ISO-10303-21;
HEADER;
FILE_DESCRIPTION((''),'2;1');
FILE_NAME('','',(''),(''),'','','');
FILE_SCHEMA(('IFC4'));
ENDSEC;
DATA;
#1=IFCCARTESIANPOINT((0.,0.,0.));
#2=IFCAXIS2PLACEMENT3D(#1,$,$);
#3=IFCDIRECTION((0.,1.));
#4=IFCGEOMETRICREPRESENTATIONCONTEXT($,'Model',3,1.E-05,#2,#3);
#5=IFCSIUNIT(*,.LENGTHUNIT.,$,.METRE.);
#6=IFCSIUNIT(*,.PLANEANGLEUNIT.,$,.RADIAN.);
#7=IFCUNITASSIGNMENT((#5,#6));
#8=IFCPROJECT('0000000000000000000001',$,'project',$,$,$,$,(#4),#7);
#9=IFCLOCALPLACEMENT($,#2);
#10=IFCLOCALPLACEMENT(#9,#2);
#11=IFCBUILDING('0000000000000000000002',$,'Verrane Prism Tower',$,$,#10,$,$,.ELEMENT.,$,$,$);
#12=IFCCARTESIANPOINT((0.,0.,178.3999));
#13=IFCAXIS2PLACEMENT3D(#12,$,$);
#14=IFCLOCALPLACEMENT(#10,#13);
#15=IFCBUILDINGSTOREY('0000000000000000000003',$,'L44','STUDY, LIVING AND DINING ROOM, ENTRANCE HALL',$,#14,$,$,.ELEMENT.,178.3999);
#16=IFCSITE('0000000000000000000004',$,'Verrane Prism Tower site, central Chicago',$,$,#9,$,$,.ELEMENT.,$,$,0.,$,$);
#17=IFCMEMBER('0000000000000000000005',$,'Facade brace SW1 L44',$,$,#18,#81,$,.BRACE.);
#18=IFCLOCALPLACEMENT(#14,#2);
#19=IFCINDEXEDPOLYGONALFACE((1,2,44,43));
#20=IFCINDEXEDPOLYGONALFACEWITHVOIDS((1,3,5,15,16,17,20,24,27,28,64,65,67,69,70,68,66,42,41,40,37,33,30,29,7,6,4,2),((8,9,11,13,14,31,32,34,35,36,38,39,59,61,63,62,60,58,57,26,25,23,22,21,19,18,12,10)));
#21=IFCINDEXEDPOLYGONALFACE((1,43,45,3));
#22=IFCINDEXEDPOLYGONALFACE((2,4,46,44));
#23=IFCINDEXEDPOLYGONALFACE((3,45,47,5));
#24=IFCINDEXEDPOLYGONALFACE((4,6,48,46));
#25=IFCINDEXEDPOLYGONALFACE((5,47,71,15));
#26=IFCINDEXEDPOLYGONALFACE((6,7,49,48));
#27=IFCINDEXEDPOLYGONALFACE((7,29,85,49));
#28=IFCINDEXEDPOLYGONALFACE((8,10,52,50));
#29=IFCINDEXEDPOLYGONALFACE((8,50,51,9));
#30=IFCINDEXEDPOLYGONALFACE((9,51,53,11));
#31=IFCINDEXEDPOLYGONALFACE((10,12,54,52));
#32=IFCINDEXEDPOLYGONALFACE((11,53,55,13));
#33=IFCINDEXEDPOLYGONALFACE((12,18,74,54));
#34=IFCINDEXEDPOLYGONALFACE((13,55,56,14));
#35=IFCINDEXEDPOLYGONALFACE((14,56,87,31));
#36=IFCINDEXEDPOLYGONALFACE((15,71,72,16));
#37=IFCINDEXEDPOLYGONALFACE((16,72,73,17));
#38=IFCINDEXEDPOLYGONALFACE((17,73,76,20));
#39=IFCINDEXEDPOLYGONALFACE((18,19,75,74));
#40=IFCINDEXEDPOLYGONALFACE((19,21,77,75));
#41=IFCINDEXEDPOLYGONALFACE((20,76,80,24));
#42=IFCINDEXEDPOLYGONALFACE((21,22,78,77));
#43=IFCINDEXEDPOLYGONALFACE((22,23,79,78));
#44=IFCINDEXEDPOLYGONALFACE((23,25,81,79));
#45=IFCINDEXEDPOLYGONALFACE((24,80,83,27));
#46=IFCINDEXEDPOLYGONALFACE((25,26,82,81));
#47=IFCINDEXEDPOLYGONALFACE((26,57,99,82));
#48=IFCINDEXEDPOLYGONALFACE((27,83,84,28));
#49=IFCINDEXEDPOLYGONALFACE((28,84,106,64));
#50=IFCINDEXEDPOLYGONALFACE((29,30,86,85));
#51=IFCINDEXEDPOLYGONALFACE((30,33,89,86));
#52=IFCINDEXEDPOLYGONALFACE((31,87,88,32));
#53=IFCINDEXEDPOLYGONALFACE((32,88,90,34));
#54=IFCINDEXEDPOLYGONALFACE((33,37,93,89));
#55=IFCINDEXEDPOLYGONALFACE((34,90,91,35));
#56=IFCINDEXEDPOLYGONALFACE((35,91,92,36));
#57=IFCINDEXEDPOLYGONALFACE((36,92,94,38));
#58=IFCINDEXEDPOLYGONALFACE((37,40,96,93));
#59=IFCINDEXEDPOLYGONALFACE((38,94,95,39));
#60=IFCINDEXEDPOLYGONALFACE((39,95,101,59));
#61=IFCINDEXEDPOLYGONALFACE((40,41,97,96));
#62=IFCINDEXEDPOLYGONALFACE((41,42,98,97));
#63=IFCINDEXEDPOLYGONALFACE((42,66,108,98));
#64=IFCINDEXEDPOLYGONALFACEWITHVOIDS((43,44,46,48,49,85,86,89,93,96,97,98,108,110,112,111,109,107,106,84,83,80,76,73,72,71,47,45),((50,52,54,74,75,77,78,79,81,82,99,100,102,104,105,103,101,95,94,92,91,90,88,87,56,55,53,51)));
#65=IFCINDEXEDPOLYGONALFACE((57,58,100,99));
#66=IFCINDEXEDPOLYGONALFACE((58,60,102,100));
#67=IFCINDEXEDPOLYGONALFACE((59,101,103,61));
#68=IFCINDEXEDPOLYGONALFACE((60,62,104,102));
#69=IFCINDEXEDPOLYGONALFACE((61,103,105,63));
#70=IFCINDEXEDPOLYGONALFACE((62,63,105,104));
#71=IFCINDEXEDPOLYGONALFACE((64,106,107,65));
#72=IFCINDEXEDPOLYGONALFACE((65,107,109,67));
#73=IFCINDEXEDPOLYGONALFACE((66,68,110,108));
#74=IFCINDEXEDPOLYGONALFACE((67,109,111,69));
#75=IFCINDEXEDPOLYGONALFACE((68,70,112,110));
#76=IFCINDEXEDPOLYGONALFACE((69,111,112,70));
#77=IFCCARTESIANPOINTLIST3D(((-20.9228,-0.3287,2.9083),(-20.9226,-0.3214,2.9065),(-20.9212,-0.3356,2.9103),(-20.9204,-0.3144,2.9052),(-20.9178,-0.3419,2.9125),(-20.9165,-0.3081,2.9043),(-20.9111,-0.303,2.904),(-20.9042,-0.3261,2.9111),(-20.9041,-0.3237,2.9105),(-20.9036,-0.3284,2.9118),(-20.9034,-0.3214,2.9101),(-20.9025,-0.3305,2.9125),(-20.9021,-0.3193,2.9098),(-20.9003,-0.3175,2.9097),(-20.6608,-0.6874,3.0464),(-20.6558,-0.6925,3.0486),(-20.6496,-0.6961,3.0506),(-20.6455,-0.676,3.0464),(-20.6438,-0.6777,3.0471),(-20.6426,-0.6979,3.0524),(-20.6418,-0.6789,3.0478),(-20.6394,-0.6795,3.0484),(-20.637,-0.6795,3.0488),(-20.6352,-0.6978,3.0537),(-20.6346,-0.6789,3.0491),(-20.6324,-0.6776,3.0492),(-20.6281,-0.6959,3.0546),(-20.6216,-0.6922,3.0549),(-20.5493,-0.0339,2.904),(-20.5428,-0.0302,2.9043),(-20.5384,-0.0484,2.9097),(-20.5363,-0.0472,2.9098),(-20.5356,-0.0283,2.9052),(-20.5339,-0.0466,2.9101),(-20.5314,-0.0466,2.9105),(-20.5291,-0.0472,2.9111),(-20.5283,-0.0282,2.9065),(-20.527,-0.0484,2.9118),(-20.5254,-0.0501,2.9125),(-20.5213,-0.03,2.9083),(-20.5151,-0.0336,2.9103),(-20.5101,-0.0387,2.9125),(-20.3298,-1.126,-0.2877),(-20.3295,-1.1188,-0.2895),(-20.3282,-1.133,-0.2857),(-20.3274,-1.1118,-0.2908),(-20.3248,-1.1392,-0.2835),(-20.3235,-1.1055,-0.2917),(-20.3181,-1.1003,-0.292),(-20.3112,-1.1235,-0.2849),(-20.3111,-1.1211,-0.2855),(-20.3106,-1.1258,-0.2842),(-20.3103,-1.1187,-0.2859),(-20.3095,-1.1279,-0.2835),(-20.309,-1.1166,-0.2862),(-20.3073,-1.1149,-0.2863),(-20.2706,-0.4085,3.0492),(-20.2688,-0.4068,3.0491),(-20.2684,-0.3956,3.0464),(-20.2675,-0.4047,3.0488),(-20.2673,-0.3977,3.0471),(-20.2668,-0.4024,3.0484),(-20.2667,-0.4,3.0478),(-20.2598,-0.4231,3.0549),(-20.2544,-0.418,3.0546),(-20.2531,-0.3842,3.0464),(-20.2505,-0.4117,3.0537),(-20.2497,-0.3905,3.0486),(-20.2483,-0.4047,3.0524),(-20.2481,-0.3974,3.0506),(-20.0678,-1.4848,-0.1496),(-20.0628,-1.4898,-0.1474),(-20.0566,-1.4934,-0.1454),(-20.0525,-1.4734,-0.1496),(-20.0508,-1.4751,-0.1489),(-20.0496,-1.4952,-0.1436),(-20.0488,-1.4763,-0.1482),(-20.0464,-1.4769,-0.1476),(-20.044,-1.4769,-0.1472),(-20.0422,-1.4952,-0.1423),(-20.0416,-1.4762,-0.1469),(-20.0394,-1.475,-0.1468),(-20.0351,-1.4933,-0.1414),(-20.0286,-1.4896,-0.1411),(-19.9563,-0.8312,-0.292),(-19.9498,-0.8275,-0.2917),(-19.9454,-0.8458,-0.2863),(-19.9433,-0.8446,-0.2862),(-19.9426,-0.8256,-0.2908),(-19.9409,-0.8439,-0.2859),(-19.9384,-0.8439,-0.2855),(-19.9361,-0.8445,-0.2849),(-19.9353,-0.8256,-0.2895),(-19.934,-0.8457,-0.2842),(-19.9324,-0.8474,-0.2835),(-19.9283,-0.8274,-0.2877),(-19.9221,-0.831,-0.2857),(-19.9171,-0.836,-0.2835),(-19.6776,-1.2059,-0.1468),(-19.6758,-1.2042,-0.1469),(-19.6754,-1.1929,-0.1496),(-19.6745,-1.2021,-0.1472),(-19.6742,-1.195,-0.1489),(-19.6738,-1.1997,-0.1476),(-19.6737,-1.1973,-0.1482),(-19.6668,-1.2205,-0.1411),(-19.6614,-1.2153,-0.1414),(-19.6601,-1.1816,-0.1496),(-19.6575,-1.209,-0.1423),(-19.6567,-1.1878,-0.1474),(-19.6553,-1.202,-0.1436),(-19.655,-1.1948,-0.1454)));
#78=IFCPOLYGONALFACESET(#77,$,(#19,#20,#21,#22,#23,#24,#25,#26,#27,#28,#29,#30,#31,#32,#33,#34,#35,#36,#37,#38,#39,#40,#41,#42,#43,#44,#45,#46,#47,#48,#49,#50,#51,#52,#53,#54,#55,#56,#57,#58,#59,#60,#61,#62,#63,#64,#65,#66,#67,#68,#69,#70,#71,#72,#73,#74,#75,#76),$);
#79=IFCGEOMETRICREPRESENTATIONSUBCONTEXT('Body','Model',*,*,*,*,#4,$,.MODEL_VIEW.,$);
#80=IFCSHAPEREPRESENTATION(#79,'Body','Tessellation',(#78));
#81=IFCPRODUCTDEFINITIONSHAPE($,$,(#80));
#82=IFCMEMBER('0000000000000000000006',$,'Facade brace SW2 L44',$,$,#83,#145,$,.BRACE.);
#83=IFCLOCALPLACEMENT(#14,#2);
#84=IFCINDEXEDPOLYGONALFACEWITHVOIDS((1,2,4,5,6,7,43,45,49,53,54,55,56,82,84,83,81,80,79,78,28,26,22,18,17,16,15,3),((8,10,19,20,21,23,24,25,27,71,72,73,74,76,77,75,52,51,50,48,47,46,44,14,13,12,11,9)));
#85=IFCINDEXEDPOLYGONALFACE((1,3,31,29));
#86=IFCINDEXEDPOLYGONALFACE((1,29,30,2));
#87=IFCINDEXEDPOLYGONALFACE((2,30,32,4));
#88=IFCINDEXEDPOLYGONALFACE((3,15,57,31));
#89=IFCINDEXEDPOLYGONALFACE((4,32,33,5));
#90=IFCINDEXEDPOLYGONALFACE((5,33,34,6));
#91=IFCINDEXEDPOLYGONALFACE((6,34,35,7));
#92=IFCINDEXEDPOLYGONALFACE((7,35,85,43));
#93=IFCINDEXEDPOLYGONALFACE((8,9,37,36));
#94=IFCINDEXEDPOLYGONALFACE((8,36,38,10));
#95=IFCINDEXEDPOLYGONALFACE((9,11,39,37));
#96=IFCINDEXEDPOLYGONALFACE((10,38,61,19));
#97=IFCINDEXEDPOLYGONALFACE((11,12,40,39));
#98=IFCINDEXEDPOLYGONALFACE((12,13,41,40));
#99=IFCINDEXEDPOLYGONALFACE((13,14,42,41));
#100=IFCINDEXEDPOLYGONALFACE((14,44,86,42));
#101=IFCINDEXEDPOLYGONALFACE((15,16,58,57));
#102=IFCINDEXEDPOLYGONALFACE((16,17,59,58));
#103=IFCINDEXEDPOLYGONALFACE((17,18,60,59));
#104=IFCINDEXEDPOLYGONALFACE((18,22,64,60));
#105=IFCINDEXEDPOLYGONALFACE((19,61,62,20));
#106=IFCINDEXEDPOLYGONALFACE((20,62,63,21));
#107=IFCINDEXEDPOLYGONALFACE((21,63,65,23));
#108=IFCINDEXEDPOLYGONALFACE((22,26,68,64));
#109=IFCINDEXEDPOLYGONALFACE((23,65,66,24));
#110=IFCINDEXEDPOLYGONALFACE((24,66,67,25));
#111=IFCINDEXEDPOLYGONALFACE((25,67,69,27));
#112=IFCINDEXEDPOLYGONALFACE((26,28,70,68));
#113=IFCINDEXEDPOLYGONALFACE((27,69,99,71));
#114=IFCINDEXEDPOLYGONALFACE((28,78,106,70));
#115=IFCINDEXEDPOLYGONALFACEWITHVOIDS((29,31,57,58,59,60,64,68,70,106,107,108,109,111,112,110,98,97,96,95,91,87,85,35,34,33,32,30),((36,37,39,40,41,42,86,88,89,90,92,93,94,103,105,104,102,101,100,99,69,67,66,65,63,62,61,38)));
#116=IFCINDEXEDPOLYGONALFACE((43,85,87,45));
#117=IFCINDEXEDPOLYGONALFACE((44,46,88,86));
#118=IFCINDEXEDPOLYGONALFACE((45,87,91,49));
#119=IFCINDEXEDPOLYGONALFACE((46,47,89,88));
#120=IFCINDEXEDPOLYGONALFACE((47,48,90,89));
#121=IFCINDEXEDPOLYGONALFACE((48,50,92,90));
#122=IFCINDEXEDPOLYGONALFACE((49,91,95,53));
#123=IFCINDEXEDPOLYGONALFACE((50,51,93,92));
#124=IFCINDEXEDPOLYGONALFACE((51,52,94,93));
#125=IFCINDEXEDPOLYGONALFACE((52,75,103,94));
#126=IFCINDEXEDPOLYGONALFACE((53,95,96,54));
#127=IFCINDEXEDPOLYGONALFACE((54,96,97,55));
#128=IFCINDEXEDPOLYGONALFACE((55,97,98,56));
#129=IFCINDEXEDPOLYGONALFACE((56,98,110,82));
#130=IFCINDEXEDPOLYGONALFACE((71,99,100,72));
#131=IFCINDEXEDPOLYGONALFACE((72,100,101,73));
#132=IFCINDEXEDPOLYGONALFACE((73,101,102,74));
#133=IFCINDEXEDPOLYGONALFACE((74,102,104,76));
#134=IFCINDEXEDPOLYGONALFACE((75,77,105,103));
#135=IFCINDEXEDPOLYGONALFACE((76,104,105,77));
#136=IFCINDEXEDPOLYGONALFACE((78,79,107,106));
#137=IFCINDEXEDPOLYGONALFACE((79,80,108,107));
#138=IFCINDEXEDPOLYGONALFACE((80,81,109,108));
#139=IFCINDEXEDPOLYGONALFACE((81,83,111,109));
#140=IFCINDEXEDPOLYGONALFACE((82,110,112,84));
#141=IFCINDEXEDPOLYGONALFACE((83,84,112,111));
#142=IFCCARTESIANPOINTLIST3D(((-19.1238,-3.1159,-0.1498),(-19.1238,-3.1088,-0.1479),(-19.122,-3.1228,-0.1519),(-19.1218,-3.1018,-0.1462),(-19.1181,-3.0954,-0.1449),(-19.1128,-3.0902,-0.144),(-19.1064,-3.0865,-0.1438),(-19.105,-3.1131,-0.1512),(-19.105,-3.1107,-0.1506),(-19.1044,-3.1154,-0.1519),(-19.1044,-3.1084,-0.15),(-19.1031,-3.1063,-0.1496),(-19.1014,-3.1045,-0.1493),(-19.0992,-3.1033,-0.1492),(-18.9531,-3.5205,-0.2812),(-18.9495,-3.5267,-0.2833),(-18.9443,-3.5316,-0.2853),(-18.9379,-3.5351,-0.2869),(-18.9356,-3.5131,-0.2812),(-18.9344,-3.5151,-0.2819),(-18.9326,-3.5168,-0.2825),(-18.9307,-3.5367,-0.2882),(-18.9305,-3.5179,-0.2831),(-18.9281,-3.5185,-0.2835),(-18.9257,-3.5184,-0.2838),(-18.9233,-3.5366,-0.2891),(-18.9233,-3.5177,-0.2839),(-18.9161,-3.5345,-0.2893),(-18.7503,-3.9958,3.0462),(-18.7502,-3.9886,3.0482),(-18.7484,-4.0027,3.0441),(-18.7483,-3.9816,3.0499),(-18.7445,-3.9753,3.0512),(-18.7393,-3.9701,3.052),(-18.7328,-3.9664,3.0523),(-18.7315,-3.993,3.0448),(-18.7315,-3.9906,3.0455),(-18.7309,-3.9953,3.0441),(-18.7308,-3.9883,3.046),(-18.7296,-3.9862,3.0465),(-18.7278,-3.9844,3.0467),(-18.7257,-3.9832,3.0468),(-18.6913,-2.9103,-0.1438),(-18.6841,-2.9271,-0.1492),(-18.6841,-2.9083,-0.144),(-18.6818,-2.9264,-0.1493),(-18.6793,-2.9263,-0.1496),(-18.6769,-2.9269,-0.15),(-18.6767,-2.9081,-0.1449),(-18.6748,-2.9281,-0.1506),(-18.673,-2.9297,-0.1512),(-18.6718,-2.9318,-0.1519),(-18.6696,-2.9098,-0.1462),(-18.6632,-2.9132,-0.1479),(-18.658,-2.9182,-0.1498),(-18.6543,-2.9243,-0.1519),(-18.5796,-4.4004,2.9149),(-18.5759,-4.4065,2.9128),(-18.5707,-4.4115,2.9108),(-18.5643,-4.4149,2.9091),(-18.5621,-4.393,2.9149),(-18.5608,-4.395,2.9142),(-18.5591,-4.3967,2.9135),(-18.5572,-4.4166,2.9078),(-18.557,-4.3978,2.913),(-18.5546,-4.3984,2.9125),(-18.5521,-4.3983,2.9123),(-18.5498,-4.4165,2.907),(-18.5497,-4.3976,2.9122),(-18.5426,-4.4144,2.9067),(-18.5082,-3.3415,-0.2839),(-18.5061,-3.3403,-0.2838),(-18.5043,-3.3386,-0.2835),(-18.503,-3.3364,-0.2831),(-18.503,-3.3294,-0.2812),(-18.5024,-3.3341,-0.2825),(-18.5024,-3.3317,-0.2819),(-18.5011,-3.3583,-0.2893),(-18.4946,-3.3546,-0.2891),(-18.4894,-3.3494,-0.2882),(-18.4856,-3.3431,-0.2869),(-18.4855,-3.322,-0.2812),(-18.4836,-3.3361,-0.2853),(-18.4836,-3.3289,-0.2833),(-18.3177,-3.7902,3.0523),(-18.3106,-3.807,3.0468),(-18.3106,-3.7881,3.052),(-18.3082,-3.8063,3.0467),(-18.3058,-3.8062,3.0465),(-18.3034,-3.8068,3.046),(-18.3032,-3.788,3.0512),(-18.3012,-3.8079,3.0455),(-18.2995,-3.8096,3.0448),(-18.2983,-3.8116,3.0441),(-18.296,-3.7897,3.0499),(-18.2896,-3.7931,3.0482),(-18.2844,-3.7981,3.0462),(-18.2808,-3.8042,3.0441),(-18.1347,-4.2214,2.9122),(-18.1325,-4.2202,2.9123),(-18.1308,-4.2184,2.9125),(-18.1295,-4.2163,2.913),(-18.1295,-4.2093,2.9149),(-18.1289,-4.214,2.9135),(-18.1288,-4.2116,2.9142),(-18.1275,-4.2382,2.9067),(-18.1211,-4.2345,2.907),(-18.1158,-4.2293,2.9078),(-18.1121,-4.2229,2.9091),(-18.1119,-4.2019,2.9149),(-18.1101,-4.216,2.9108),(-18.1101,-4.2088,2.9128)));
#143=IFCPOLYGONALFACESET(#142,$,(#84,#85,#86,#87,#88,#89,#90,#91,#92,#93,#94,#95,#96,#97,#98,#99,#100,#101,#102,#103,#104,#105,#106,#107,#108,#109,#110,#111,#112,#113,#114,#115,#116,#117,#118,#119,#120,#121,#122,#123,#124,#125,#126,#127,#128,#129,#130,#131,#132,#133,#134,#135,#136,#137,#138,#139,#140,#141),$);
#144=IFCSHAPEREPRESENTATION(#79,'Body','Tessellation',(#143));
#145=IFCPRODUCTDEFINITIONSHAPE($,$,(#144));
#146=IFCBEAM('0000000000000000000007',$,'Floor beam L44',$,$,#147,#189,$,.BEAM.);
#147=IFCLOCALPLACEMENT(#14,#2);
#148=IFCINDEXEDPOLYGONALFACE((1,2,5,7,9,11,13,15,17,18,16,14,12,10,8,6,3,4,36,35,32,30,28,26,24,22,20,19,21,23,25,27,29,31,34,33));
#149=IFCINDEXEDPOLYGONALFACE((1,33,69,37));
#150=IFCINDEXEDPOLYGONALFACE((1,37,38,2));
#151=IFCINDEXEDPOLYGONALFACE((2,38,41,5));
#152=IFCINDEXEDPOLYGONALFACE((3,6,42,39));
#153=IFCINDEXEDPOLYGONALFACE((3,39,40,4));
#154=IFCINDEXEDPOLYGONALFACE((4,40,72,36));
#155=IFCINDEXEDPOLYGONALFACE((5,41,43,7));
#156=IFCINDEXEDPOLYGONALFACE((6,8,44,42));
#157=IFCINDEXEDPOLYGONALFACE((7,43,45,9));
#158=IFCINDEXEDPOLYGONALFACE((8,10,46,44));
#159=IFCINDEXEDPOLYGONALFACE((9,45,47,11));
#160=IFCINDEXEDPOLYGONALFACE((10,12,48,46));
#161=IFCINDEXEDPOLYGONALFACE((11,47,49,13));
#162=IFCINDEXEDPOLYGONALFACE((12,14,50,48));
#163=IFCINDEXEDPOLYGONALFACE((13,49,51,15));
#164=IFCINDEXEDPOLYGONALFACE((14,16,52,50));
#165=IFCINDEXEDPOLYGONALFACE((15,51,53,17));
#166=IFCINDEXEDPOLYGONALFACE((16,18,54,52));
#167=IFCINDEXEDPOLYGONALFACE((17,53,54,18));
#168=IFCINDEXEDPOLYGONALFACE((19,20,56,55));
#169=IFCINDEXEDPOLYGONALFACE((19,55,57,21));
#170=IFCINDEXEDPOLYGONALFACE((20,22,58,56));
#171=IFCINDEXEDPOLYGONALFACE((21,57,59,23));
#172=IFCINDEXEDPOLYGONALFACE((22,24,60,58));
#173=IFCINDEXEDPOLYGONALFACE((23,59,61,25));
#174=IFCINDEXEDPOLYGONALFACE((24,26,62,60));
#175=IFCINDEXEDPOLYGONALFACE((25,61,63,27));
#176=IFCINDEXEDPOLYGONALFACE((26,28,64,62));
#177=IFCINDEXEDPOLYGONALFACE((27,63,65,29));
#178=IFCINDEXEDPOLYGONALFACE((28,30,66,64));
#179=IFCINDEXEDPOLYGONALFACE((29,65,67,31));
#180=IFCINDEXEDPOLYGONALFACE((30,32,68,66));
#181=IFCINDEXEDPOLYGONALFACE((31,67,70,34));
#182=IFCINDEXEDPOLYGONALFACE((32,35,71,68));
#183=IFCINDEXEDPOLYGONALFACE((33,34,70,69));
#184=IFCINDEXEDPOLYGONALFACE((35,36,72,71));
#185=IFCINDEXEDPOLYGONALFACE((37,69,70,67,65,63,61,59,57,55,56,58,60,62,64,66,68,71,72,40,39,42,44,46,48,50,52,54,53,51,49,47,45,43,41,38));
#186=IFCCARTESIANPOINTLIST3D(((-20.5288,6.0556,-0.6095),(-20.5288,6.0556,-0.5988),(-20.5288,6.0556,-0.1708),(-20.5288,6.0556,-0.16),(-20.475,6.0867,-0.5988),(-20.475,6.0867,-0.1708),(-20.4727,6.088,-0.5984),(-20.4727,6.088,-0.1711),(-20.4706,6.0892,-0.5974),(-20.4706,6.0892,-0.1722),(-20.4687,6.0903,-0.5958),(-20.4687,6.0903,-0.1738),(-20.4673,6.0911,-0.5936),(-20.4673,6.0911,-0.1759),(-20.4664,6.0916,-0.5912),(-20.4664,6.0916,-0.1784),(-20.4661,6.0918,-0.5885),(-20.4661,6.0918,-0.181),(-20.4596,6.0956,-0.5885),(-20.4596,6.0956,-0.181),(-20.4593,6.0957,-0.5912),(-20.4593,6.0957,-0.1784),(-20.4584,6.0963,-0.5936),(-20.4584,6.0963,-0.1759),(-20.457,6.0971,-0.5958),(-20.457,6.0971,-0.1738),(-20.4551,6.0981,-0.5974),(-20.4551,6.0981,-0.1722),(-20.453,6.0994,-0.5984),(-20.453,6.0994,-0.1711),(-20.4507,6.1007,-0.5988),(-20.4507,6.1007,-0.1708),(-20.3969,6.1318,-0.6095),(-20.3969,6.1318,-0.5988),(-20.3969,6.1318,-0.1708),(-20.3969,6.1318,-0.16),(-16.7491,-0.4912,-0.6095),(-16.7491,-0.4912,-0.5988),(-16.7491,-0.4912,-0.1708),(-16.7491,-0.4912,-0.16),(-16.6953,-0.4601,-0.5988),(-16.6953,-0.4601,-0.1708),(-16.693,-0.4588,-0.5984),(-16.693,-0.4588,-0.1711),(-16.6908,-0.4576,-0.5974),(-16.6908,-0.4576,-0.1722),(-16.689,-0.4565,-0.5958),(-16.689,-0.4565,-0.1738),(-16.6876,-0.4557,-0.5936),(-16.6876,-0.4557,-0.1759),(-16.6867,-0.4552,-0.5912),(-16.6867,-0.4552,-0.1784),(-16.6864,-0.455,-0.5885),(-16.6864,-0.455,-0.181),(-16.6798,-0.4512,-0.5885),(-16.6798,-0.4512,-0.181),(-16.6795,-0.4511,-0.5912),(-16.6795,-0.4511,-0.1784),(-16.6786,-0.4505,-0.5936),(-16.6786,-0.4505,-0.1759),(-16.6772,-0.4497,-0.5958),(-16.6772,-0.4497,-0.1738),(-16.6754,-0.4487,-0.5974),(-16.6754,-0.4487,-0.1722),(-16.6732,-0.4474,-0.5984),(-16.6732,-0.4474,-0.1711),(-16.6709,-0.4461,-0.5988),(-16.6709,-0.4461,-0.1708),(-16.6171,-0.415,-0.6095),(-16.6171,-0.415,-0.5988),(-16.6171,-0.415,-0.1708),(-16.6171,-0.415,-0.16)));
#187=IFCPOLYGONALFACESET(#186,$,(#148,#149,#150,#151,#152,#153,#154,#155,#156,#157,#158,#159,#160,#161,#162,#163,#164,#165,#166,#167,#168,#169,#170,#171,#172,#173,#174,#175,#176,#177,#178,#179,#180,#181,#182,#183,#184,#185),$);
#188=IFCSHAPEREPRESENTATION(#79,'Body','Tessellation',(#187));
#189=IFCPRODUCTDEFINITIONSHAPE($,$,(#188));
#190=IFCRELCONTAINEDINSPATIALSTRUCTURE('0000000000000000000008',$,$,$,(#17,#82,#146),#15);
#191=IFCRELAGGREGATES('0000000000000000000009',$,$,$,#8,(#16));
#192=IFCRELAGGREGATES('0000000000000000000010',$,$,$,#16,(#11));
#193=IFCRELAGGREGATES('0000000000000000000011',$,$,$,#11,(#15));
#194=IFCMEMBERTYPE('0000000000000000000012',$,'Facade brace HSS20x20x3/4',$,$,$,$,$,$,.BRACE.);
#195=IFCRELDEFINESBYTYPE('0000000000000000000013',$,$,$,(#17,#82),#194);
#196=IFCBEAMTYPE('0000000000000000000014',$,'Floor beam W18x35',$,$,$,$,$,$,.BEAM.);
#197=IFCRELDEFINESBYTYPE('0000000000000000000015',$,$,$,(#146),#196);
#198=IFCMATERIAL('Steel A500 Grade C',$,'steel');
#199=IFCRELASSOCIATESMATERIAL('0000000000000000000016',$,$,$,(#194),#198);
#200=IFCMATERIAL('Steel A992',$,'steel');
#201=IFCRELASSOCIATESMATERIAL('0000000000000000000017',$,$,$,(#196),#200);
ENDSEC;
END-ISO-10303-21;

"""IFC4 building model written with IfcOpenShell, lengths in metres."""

from ifc_helpers import new_model, si_unit, direction, frame, origin, origin_2d, place, context, subcontext, project, spatial, hollow_rectangle, i_section, extrude, material, material_profile, profile_set, type_object, element, save


model = new_model("IFC4")

# Units and contexts
model_context = context("Model", 3, precision=1e-05, world=origin(), true_north=direction((0.0, 1.0)))
body_context = subcontext(model_context, "Body", "Model", "MODEL_VIEW")
ifc_project = project(units=[si_unit("LENGTHUNIT", "METRE"), si_unit("PLANEANGLEUNIT", "RADIAN")], contexts=[model_context])

# Site, building, storey
site_placement = place(None, origin())
site = spatial("IfcSite", under=ifc_project, at=site_placement, Name="Verrane Prism Tower site, central Chicago", CompositionType="ELEMENT", RefElevation=0.0)
building_placement = place(site_placement, origin())
building = spatial("IfcBuilding", under=site, at=building_placement, Name="Verrane Prism Tower", CompositionType="ELEMENT")
storey_placement = place(building_placement, frame((0.0, 0.0, 178.3999)))
storey = spatial("IfcBuildingStorey", under=building, at=storey_placement, Name="L44", Description="STUDY, LIVING AND DINING ROOM, ENTRANCE HALL", CompositionType="ELEMENT", Elevation=178.3999)

# Members
ifc_material_1 = material(Name="Steel A500 Grade C", Category="steel")
ifc_material_profile_1 = material_profile(ifc_material_1, hollow_rectangle(XDim=0.5081, YDim=0.5081, WallThickness=0.019, InnerFilletRadius=0.0095, OuterFilletRadius=0.0286, at=origin_2d()), Name="HSS20x20x3/4")
ifc_profile_set_1 = profile_set([ifc_material_profile_1], Name="Steel A500 Grade C")
member_type_1 = type_object("IfcMemberType", Name="Facade brace HSS20x20x3/4", PredefinedType="BRACE", material=ifc_profile_set_1)
member_1_placement = place(storey_placement, frame((-19.9924, -1.1604, -0.2166), z_axis=(-0.177181, 0.238235, 0.954909), x_axis=(-0.802411, -0.596772, 0.0)))
element("IfcMember", 1, at=member_1_placement, inside=storey, type_object=member_type_1, Name="Facade brace SW1 L44", PredefinedType="BRACE", context=body_context, shape_type="SweptSolid", body=[
    extrude(hollow_rectangle(XDim=0.5081, YDim=0.5081, WallThickness=0.019, InnerFilletRadius=0.0095, OuterFilletRadius=0.0286, at=origin_2d()), origin(), (0.0, 0.0, 1.0), 3.3469),
])
member_2_placement = place(storey_placement, frame((-18.8037, -3.2224, -0.2166), z_axis=(0.111973, -0.263759, 0.958067), x_axis=(0.920487, 0.390773, 0.0)))
element("IfcMember", 2, at=member_2_placement, inside=storey, type_object=member_type_1, Name="Facade brace SW2 L44", PredefinedType="BRACE", context=body_context, shape_type="SweptSolid", body=[
    extrude(hollow_rectangle(XDim=0.5081, YDim=0.5081, WallThickness=0.019, InnerFilletRadius=0.0095, OuterFilletRadius=0.0286, at=origin_2d()), origin(), (0.0, 0.0, 1.0), 3.3359),
])

# Beam
ifc_material_2 = material(Name="Steel A992", Category="steel")
ifc_material_profile_2 = material_profile(ifc_material_2, i_section(OverallWidth=0.1523, OverallDepth=0.4495, WebThickness=0.0076, FlangeThickness=0.0107, FilletRadius=0.0103, at=origin_2d()), Name="W18x35")
ifc_profile_set_2 = profile_set([ifc_material_profile_2], Name="Steel A992")
beam_type_1 = type_object("IfcBeamType", Name="Floor beam W18x35", PredefinedType="BEAM", material=ifc_profile_set_2)
beam_1_placement = place(storey_placement, frame((-16.6831, -0.4531, -0.3848), z_axis=(-0.499995, 0.866029, 0.0), x_axis=(-0.866029, -0.499995, 0.0)))
element("IfcBeam", 3, at=beam_1_placement, inside=storey, type_object=beam_type_1, Name="Floor beam L44", PredefinedType="BEAM", context=body_context, shape_type="SweptSolid", body=[
    extrude(i_section(OverallWidth=0.1523, OverallDepth=0.4495, WebThickness=0.0076, FlangeThickness=0.0107, FilletRadius=0.0103, at=origin_2d()), origin(), (0.0, 0.0, 1.0), 7.5596),
])

save(model, "model.ifc")
